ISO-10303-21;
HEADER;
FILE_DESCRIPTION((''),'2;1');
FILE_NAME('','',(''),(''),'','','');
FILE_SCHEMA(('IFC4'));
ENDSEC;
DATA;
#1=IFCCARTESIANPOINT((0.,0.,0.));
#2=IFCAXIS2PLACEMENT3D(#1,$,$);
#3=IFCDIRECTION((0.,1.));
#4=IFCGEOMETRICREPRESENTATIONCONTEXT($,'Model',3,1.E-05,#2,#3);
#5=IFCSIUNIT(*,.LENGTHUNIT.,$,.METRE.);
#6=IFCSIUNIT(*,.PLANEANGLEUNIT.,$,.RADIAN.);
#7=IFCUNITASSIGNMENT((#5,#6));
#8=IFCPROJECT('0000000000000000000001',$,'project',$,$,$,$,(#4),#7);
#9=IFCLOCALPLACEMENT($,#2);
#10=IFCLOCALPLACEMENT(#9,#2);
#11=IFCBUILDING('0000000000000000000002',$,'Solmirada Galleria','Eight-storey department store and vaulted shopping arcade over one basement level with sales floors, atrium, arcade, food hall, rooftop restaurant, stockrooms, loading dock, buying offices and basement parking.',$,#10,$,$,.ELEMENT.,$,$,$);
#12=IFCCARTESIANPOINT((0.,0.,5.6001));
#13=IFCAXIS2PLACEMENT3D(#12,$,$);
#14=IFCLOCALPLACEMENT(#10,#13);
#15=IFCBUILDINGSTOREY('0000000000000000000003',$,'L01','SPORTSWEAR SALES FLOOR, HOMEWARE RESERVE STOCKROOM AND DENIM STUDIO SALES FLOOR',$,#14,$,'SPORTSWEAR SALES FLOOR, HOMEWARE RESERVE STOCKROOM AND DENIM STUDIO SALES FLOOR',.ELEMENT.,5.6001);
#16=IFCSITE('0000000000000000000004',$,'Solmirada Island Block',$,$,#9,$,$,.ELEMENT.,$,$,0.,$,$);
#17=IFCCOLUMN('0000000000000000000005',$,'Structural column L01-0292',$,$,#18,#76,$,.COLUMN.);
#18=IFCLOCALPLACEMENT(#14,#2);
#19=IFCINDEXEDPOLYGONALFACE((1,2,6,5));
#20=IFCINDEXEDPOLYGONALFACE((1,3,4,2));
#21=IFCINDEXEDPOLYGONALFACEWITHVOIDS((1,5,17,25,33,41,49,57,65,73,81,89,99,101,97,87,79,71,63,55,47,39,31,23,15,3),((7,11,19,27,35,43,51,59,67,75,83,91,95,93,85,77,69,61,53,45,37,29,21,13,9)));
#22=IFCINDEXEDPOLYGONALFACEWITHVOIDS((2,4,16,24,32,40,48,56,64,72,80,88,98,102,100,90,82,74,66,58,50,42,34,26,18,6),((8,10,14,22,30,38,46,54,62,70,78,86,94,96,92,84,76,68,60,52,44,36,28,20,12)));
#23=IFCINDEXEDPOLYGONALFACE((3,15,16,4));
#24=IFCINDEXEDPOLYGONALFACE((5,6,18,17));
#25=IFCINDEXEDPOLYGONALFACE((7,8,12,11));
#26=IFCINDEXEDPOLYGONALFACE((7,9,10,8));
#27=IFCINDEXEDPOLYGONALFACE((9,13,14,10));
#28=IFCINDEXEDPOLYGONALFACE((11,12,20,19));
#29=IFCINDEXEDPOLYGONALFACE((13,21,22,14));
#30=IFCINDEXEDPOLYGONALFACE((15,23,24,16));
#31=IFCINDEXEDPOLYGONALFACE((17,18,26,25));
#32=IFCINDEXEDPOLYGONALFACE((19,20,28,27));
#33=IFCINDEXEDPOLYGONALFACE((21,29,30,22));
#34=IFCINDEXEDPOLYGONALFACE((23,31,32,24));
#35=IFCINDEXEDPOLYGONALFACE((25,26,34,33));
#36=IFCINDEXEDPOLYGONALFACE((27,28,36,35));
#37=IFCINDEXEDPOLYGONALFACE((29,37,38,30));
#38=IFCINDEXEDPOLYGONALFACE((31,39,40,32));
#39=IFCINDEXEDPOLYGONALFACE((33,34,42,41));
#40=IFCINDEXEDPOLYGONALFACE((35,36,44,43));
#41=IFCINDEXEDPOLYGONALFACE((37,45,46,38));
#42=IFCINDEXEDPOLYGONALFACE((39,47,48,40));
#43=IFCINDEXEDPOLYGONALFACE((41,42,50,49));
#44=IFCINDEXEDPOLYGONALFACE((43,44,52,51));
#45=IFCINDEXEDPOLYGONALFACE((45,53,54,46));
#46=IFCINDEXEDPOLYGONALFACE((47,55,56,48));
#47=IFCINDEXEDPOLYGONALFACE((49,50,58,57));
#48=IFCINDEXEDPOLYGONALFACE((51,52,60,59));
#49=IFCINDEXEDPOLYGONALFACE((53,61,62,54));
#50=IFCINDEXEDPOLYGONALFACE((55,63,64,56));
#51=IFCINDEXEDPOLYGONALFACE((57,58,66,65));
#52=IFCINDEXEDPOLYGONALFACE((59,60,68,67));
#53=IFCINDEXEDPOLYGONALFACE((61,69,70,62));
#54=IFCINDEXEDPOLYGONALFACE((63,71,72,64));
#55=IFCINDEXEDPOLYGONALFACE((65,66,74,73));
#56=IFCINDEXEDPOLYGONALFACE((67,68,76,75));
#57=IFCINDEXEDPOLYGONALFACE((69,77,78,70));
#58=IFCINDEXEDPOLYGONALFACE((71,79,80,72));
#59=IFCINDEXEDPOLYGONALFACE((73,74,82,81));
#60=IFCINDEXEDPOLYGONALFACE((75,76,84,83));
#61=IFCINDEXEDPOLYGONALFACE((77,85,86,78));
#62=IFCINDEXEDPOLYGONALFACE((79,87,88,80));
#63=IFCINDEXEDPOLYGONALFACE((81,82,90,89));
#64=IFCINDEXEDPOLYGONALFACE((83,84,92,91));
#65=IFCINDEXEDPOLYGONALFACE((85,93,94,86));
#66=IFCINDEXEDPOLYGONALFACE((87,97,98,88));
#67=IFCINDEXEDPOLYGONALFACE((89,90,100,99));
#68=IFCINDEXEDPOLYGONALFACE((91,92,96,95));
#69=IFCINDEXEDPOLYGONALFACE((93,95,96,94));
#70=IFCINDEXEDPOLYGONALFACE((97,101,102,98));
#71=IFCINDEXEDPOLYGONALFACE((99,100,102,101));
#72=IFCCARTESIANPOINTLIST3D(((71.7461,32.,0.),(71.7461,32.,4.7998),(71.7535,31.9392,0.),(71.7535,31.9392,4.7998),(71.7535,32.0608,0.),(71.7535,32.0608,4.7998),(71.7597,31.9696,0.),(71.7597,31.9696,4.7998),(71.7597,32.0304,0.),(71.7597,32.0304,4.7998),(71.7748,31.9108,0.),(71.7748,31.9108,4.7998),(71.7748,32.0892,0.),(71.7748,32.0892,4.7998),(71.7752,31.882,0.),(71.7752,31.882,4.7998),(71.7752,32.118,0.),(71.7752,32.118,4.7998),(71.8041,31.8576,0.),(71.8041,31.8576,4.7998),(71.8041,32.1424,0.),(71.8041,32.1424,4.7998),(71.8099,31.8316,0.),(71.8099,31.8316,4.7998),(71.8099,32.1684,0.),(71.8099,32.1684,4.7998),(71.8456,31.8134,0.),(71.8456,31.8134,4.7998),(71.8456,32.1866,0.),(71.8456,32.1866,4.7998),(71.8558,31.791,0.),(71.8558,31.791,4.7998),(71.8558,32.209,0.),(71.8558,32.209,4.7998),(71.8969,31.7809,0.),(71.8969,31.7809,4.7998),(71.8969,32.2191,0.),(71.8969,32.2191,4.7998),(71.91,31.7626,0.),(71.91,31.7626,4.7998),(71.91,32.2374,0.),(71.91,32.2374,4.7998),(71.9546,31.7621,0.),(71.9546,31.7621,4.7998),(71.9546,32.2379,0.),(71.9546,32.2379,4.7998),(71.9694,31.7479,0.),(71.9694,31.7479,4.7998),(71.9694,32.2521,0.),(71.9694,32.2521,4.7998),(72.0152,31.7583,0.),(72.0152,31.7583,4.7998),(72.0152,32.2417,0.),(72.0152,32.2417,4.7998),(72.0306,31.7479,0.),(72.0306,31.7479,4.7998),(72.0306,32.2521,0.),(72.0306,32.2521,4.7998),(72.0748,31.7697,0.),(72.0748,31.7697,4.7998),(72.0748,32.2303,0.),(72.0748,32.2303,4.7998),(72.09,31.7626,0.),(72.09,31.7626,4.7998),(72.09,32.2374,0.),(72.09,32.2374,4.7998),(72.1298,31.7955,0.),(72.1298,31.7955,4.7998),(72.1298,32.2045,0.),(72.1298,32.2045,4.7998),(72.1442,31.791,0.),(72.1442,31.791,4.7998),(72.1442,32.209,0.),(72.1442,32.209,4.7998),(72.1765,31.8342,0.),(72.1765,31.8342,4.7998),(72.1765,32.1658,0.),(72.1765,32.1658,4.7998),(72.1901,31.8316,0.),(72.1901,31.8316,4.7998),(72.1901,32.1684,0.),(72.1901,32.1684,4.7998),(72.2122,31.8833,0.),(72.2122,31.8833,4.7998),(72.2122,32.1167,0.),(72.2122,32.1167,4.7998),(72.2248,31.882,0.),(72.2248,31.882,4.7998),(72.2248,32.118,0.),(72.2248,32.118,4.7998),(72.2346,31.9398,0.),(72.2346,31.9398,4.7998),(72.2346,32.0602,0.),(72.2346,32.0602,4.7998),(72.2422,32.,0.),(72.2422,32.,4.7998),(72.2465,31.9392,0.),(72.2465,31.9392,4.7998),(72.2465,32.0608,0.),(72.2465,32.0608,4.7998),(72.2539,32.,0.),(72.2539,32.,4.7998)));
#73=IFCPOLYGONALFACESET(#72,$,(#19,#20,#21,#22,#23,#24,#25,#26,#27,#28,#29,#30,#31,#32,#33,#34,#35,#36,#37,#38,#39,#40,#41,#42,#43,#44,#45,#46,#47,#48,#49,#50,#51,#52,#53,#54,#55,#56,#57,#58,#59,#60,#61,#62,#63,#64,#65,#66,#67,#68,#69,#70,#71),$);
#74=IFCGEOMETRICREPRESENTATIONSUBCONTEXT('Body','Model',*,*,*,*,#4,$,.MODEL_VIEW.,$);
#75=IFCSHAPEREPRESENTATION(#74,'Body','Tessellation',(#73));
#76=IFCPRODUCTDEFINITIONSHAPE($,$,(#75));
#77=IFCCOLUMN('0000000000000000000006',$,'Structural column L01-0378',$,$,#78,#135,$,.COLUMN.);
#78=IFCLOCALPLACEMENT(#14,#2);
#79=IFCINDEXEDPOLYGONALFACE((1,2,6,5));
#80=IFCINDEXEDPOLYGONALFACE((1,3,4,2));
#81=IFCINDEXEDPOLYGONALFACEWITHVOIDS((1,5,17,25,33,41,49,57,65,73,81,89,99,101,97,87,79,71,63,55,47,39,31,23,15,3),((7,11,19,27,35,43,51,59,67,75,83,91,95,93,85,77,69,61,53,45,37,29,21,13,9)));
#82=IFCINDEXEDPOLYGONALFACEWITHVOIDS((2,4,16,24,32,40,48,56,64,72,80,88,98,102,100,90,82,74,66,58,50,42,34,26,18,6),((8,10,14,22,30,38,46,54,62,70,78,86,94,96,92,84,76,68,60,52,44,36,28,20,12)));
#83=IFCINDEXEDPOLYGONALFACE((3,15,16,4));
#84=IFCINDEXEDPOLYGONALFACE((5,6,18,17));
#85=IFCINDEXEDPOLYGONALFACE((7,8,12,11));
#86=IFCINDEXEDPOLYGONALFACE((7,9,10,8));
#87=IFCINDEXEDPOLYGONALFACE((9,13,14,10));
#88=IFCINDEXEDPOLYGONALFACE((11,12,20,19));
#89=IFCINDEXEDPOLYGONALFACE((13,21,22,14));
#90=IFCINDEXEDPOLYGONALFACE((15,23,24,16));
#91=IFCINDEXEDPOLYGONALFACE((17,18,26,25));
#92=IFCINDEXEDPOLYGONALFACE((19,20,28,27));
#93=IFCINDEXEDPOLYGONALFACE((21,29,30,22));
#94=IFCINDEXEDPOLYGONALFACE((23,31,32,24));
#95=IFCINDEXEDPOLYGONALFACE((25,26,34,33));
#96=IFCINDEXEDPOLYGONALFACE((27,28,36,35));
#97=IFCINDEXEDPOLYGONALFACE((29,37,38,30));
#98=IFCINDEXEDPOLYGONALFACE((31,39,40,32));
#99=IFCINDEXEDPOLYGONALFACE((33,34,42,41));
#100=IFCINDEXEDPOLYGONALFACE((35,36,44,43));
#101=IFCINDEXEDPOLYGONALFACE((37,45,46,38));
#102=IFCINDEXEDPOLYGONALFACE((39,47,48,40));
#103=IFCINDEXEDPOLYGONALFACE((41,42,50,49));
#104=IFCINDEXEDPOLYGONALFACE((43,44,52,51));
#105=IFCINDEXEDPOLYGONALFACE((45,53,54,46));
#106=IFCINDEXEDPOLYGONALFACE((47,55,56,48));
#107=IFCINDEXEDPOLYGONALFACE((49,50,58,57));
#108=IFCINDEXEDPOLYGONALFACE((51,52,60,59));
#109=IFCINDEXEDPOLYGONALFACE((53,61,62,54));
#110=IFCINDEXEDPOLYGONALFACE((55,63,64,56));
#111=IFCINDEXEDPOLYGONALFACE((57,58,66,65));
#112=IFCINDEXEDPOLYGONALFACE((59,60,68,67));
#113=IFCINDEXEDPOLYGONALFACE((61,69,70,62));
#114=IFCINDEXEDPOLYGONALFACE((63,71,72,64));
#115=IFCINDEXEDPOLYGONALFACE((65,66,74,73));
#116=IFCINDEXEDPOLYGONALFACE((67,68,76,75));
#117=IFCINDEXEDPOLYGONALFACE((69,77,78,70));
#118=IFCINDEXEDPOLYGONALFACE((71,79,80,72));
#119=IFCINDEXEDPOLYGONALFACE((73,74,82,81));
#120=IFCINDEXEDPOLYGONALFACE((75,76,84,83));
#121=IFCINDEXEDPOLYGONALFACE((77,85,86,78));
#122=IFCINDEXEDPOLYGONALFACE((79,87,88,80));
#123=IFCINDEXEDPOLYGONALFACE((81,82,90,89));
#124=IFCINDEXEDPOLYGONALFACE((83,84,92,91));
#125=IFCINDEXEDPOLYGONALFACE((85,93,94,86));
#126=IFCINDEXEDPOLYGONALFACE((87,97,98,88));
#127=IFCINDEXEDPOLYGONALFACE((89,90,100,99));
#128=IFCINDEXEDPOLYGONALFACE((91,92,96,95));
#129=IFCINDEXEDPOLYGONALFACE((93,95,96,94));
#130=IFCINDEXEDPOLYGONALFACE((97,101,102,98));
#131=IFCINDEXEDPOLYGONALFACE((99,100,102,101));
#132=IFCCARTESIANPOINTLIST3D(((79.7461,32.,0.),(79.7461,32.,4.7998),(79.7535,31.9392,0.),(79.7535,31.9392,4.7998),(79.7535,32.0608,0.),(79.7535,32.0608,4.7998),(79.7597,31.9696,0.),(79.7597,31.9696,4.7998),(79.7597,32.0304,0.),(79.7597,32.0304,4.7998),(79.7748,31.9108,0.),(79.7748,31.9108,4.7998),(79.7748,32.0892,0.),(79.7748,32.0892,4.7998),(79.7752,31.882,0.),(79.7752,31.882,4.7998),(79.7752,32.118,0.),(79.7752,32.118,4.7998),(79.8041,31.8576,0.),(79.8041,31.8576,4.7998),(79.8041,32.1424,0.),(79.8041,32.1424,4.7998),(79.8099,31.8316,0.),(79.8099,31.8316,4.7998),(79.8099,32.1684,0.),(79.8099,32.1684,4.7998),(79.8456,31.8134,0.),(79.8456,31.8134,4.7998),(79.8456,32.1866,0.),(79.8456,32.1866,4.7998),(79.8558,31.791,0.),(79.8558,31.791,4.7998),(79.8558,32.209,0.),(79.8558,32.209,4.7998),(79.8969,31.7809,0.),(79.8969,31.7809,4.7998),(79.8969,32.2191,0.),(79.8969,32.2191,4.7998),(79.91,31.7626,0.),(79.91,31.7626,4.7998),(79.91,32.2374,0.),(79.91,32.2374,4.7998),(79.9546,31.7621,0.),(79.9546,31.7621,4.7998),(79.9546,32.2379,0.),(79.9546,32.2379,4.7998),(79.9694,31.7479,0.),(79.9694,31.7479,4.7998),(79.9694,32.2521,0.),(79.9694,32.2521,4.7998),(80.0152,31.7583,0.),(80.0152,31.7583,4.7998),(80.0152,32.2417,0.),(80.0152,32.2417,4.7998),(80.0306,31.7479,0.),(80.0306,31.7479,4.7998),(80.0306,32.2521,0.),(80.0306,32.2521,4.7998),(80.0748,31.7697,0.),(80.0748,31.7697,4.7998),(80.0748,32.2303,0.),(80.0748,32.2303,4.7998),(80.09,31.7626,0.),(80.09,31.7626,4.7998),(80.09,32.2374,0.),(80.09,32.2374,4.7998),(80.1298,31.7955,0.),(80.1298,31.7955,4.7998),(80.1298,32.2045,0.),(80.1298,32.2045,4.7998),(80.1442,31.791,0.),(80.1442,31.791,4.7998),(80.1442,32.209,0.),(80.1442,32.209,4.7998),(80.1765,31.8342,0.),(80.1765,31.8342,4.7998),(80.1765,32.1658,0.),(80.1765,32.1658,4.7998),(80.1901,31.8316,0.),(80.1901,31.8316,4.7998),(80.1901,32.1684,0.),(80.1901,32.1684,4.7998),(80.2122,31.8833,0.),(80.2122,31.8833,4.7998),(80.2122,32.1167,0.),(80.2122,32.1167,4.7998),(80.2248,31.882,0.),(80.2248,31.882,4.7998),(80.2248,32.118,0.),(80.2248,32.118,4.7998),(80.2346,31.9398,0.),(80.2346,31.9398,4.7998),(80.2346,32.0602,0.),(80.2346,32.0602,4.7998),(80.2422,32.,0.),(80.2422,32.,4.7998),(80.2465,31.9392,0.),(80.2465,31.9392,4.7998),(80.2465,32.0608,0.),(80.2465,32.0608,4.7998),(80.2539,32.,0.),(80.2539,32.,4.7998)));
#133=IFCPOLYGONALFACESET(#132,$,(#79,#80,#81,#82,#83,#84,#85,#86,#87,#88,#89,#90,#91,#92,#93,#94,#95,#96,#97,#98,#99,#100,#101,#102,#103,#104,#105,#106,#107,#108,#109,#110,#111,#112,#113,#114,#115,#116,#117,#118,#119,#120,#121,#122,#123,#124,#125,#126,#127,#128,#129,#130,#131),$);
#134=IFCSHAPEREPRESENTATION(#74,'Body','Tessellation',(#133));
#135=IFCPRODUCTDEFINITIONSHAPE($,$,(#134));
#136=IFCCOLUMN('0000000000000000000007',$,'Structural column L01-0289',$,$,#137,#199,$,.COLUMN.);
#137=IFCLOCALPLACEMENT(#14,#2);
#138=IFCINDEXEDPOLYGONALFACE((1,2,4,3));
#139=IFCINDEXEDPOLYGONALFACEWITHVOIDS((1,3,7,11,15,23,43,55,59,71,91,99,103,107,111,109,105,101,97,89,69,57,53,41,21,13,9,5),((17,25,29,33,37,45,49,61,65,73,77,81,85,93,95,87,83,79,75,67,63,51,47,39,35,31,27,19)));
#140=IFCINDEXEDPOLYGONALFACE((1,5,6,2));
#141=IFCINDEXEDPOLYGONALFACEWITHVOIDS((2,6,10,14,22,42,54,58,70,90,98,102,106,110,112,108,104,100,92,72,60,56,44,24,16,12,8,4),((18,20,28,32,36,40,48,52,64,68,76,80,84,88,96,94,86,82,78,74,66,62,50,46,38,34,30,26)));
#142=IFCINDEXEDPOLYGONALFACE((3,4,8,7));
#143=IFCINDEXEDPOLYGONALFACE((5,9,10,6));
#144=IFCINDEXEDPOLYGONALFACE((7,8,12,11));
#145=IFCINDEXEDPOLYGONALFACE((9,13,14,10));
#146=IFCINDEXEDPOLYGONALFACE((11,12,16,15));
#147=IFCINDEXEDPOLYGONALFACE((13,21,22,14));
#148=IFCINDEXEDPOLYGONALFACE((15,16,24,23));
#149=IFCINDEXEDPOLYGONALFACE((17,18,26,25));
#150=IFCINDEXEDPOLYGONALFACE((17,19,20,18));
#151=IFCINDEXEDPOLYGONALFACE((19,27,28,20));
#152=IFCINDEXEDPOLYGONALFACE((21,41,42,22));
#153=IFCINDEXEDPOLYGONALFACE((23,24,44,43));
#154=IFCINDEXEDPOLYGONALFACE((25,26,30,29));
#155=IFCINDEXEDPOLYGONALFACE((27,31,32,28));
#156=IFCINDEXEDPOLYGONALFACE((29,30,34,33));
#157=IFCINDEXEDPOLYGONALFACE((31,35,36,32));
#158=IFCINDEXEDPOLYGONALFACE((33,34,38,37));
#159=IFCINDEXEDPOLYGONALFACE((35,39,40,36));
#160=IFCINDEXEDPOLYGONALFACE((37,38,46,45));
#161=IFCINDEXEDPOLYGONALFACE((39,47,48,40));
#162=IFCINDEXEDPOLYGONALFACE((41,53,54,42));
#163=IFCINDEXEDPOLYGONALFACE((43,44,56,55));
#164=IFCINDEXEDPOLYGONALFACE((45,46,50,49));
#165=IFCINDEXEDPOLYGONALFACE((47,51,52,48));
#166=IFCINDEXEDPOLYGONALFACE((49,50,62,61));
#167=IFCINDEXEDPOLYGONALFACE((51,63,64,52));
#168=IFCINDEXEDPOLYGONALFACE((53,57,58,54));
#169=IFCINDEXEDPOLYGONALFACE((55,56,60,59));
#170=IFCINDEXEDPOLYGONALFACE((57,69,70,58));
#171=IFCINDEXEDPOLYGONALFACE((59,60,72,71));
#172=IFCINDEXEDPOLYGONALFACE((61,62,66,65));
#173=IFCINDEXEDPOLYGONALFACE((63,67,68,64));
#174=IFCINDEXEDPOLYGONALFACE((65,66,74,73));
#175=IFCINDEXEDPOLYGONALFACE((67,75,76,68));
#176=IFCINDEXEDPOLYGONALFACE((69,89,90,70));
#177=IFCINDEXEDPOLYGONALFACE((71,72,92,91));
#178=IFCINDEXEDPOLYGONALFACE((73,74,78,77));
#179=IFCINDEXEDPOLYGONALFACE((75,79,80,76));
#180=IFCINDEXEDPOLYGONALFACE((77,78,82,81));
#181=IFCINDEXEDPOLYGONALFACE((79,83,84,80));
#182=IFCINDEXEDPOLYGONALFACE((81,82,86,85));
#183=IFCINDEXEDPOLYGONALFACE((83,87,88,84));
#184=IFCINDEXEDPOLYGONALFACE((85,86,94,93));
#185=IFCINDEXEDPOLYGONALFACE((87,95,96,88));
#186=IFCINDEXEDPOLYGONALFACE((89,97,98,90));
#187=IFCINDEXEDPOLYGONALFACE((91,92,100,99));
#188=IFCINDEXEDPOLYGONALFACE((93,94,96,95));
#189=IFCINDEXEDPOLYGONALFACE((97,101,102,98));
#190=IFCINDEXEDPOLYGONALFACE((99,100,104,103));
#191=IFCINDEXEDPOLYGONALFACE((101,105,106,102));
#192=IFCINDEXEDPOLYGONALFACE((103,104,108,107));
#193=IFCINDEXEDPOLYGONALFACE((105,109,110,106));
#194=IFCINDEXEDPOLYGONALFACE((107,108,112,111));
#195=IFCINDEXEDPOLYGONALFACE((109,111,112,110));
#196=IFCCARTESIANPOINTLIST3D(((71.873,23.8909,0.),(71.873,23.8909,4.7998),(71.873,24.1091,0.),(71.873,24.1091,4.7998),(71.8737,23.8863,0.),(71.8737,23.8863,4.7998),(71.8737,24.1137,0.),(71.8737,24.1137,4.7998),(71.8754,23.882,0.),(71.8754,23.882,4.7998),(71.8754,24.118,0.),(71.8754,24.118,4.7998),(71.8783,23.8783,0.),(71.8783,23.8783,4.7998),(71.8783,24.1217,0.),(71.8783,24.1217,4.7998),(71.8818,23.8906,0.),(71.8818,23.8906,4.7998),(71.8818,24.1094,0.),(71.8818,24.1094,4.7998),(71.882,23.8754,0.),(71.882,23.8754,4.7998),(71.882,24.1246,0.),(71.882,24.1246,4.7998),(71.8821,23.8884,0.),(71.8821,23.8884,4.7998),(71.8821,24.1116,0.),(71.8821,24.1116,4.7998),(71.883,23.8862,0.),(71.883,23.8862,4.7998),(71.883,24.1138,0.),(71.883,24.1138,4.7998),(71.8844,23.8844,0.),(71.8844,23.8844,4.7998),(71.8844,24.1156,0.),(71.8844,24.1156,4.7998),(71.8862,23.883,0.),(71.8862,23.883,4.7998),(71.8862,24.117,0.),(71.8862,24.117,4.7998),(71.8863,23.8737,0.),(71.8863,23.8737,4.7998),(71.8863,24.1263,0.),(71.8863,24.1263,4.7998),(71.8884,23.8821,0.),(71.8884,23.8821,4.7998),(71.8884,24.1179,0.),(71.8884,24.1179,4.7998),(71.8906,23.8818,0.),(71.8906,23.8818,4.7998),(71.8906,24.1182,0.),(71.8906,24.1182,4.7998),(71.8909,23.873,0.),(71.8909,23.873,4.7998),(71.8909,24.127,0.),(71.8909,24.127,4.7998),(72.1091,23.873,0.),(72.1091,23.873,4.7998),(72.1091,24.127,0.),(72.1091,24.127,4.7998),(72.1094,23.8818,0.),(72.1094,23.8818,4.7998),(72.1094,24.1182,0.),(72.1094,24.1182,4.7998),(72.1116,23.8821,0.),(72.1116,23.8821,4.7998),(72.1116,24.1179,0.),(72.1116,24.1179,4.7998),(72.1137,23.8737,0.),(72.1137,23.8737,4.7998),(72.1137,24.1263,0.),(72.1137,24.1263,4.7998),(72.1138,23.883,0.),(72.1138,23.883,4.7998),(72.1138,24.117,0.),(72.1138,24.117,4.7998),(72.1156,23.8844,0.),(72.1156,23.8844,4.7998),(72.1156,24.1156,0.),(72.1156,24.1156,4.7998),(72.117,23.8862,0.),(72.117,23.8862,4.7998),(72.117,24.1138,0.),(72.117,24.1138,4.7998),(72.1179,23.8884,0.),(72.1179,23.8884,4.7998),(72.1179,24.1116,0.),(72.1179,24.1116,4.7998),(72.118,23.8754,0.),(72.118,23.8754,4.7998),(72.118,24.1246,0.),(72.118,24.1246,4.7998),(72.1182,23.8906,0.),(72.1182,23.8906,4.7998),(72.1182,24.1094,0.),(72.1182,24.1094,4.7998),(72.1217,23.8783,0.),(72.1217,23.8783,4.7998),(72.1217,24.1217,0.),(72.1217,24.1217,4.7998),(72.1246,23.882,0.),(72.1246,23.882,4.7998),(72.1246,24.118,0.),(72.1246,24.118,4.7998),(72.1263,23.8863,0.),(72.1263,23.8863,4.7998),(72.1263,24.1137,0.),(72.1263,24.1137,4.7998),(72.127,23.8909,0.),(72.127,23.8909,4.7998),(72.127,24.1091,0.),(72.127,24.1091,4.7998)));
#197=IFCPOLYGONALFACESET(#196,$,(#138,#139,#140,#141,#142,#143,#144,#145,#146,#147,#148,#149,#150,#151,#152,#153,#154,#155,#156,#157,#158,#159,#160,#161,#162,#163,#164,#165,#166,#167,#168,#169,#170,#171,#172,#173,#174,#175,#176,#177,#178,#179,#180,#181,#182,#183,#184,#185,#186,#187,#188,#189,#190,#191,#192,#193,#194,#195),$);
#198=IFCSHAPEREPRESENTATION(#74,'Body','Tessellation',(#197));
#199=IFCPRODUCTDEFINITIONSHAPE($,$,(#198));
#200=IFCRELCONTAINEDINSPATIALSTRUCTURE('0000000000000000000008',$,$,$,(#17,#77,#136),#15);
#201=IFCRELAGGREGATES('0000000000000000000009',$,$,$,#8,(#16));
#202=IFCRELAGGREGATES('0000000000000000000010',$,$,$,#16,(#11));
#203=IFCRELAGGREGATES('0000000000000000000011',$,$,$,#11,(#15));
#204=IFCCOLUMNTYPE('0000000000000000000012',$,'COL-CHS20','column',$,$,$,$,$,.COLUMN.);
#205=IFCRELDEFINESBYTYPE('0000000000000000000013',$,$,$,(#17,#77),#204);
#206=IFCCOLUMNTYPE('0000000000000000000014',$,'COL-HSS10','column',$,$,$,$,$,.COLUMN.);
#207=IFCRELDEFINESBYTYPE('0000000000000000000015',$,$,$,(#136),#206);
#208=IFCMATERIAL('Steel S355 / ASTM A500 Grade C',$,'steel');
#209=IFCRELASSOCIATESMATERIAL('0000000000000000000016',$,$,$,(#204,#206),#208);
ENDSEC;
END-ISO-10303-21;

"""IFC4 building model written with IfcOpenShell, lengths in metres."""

from ifc_helpers import new_model, si_unit, direction, frame, origin, origin_2d, place, context, subcontext, project, spatial, hollow_rectangle, hollow_circle, extrude, material, material_profile, profile_set, type_object, element, save


model = new_model("IFC4")

# Units and contexts
model_context = context("Model", 3, precision=1e-05, world=origin(), true_north=direction((0.0, 1.0)))
body_context = subcontext(model_context, "Body", "Model", "MODEL_VIEW")
ifc_project = project(units=[si_unit("LENGTHUNIT", "METRE"), si_unit("PLANEANGLEUNIT", "RADIAN")], contexts=[model_context])

# Site, building, storey
site_placement = place(None, origin())
site = spatial("IfcSite", under=ifc_project, at=site_placement, Name="Solmirada Island Block", CompositionType="ELEMENT", RefElevation=0.0)
building_placement = place(site_placement, origin())
building = spatial("IfcBuilding", under=site, at=building_placement, Name="Solmirada Galleria", Description="Eight-storey department store and vaulted shopping arcade over one basement level with sales floors, atrium, arcade, food hall, rooftop restaurant, stockrooms, loading dock, buying offices and basement parking.", CompositionType="ELEMENT")
storey_placement = place(building_placement, frame((0.0, 0.0, 5.6001)))
storey = spatial("IfcBuildingStorey", under=building, at=storey_placement, Name="L01", Description="SPORTSWEAR SALES FLOOR, HOMEWARE RESERVE STOCKROOM AND DENIM STUDIO SALES FLOOR", LongName="SPORTSWEAR SALES FLOOR, HOMEWARE RESERVE STOCKROOM AND DENIM STUDIO SALES FLOOR", CompositionType="ELEMENT", Elevation=5.6001)

# Columns
ifc_material_1 = material(Name="Steel S355 / ASTM A500 Grade C", Category="steel")
ifc_material_profile_1 = material_profile(ifc_material_1, hollow_circle(Radius=0.2539, WallThickness=0.0117, at=origin_2d()), Name="HSS20.000X0.500")
ifc_profile_set_1 = profile_set([ifc_material_profile_1], Name="Steel S355 / ASTM A500 Grade C")
column_type_1 = type_object("IfcColumnType", Name="COL-CHS20", Description="column", PredefinedType="COLUMN", material=ifc_profile_set_1)
for number, where, z_axis, x_axis, name in (
    (1, (72.0, 32.0, 0.0), (0.0, 0.0, 1.0), (1.0, 0.0, 0.0), "Structural column L01-0292"),
    (2, (80.0, 32.0, 0.0), (0.0, 0.0, 1.0), (1.0, 0.0, 0.0), "Structural column L01-0378"),
):
    element("IfcColumn", number, at=place(storey_placement, frame(where, z_axis=z_axis, x_axis=x_axis)), inside=storey, type_object=column_type_1, Name=name, PredefinedType="COLUMN", context=body_context, shape_type="SweptSolid", body=[
        extrude(hollow_circle(Radius=0.2539, WallThickness=0.0117, at=origin_2d()), origin(), (0.0, 0.0, 1.0), 4.7998),
    ])
ifc_material_profile_2 = material_profile(ifc_material_1, hollow_rectangle(XDim=0.2539, YDim=0.2539, WallThickness=0.0088, InnerFilletRadius=0.0088, OuterFilletRadius=0.0178, at=origin_2d()), Name="HSS10X10X3/8")
ifc_profile_set_2 = profile_set([ifc_material_profile_2], Name="Steel S355 / ASTM A500 Grade C")
column_type_2 = type_object("IfcColumnType", Name="COL-HSS10", Description="column", PredefinedType="COLUMN", material=ifc_profile_set_2)
column_1_placement = place(storey_placement, frame((72.0, 24.0, 0.0), z_axis=(0.0, 0.0, 1.0), x_axis=(1.0, 0.0, 0.0)))
element("IfcColumn", 3, at=column_1_placement, inside=storey, type_object=column_type_2, Name="Structural column L01-0289", PredefinedType="COLUMN", context=body_context, shape_type="SweptSolid", body=[
    extrude(hollow_rectangle(XDim=0.2539, YDim=0.2539, WallThickness=0.0088, InnerFilletRadius=0.0088, OuterFilletRadius=0.0178, at=origin_2d()), origin(), (0.0, 0.0, 1.0), 4.7998),
])

save(model, "model.ifc")
